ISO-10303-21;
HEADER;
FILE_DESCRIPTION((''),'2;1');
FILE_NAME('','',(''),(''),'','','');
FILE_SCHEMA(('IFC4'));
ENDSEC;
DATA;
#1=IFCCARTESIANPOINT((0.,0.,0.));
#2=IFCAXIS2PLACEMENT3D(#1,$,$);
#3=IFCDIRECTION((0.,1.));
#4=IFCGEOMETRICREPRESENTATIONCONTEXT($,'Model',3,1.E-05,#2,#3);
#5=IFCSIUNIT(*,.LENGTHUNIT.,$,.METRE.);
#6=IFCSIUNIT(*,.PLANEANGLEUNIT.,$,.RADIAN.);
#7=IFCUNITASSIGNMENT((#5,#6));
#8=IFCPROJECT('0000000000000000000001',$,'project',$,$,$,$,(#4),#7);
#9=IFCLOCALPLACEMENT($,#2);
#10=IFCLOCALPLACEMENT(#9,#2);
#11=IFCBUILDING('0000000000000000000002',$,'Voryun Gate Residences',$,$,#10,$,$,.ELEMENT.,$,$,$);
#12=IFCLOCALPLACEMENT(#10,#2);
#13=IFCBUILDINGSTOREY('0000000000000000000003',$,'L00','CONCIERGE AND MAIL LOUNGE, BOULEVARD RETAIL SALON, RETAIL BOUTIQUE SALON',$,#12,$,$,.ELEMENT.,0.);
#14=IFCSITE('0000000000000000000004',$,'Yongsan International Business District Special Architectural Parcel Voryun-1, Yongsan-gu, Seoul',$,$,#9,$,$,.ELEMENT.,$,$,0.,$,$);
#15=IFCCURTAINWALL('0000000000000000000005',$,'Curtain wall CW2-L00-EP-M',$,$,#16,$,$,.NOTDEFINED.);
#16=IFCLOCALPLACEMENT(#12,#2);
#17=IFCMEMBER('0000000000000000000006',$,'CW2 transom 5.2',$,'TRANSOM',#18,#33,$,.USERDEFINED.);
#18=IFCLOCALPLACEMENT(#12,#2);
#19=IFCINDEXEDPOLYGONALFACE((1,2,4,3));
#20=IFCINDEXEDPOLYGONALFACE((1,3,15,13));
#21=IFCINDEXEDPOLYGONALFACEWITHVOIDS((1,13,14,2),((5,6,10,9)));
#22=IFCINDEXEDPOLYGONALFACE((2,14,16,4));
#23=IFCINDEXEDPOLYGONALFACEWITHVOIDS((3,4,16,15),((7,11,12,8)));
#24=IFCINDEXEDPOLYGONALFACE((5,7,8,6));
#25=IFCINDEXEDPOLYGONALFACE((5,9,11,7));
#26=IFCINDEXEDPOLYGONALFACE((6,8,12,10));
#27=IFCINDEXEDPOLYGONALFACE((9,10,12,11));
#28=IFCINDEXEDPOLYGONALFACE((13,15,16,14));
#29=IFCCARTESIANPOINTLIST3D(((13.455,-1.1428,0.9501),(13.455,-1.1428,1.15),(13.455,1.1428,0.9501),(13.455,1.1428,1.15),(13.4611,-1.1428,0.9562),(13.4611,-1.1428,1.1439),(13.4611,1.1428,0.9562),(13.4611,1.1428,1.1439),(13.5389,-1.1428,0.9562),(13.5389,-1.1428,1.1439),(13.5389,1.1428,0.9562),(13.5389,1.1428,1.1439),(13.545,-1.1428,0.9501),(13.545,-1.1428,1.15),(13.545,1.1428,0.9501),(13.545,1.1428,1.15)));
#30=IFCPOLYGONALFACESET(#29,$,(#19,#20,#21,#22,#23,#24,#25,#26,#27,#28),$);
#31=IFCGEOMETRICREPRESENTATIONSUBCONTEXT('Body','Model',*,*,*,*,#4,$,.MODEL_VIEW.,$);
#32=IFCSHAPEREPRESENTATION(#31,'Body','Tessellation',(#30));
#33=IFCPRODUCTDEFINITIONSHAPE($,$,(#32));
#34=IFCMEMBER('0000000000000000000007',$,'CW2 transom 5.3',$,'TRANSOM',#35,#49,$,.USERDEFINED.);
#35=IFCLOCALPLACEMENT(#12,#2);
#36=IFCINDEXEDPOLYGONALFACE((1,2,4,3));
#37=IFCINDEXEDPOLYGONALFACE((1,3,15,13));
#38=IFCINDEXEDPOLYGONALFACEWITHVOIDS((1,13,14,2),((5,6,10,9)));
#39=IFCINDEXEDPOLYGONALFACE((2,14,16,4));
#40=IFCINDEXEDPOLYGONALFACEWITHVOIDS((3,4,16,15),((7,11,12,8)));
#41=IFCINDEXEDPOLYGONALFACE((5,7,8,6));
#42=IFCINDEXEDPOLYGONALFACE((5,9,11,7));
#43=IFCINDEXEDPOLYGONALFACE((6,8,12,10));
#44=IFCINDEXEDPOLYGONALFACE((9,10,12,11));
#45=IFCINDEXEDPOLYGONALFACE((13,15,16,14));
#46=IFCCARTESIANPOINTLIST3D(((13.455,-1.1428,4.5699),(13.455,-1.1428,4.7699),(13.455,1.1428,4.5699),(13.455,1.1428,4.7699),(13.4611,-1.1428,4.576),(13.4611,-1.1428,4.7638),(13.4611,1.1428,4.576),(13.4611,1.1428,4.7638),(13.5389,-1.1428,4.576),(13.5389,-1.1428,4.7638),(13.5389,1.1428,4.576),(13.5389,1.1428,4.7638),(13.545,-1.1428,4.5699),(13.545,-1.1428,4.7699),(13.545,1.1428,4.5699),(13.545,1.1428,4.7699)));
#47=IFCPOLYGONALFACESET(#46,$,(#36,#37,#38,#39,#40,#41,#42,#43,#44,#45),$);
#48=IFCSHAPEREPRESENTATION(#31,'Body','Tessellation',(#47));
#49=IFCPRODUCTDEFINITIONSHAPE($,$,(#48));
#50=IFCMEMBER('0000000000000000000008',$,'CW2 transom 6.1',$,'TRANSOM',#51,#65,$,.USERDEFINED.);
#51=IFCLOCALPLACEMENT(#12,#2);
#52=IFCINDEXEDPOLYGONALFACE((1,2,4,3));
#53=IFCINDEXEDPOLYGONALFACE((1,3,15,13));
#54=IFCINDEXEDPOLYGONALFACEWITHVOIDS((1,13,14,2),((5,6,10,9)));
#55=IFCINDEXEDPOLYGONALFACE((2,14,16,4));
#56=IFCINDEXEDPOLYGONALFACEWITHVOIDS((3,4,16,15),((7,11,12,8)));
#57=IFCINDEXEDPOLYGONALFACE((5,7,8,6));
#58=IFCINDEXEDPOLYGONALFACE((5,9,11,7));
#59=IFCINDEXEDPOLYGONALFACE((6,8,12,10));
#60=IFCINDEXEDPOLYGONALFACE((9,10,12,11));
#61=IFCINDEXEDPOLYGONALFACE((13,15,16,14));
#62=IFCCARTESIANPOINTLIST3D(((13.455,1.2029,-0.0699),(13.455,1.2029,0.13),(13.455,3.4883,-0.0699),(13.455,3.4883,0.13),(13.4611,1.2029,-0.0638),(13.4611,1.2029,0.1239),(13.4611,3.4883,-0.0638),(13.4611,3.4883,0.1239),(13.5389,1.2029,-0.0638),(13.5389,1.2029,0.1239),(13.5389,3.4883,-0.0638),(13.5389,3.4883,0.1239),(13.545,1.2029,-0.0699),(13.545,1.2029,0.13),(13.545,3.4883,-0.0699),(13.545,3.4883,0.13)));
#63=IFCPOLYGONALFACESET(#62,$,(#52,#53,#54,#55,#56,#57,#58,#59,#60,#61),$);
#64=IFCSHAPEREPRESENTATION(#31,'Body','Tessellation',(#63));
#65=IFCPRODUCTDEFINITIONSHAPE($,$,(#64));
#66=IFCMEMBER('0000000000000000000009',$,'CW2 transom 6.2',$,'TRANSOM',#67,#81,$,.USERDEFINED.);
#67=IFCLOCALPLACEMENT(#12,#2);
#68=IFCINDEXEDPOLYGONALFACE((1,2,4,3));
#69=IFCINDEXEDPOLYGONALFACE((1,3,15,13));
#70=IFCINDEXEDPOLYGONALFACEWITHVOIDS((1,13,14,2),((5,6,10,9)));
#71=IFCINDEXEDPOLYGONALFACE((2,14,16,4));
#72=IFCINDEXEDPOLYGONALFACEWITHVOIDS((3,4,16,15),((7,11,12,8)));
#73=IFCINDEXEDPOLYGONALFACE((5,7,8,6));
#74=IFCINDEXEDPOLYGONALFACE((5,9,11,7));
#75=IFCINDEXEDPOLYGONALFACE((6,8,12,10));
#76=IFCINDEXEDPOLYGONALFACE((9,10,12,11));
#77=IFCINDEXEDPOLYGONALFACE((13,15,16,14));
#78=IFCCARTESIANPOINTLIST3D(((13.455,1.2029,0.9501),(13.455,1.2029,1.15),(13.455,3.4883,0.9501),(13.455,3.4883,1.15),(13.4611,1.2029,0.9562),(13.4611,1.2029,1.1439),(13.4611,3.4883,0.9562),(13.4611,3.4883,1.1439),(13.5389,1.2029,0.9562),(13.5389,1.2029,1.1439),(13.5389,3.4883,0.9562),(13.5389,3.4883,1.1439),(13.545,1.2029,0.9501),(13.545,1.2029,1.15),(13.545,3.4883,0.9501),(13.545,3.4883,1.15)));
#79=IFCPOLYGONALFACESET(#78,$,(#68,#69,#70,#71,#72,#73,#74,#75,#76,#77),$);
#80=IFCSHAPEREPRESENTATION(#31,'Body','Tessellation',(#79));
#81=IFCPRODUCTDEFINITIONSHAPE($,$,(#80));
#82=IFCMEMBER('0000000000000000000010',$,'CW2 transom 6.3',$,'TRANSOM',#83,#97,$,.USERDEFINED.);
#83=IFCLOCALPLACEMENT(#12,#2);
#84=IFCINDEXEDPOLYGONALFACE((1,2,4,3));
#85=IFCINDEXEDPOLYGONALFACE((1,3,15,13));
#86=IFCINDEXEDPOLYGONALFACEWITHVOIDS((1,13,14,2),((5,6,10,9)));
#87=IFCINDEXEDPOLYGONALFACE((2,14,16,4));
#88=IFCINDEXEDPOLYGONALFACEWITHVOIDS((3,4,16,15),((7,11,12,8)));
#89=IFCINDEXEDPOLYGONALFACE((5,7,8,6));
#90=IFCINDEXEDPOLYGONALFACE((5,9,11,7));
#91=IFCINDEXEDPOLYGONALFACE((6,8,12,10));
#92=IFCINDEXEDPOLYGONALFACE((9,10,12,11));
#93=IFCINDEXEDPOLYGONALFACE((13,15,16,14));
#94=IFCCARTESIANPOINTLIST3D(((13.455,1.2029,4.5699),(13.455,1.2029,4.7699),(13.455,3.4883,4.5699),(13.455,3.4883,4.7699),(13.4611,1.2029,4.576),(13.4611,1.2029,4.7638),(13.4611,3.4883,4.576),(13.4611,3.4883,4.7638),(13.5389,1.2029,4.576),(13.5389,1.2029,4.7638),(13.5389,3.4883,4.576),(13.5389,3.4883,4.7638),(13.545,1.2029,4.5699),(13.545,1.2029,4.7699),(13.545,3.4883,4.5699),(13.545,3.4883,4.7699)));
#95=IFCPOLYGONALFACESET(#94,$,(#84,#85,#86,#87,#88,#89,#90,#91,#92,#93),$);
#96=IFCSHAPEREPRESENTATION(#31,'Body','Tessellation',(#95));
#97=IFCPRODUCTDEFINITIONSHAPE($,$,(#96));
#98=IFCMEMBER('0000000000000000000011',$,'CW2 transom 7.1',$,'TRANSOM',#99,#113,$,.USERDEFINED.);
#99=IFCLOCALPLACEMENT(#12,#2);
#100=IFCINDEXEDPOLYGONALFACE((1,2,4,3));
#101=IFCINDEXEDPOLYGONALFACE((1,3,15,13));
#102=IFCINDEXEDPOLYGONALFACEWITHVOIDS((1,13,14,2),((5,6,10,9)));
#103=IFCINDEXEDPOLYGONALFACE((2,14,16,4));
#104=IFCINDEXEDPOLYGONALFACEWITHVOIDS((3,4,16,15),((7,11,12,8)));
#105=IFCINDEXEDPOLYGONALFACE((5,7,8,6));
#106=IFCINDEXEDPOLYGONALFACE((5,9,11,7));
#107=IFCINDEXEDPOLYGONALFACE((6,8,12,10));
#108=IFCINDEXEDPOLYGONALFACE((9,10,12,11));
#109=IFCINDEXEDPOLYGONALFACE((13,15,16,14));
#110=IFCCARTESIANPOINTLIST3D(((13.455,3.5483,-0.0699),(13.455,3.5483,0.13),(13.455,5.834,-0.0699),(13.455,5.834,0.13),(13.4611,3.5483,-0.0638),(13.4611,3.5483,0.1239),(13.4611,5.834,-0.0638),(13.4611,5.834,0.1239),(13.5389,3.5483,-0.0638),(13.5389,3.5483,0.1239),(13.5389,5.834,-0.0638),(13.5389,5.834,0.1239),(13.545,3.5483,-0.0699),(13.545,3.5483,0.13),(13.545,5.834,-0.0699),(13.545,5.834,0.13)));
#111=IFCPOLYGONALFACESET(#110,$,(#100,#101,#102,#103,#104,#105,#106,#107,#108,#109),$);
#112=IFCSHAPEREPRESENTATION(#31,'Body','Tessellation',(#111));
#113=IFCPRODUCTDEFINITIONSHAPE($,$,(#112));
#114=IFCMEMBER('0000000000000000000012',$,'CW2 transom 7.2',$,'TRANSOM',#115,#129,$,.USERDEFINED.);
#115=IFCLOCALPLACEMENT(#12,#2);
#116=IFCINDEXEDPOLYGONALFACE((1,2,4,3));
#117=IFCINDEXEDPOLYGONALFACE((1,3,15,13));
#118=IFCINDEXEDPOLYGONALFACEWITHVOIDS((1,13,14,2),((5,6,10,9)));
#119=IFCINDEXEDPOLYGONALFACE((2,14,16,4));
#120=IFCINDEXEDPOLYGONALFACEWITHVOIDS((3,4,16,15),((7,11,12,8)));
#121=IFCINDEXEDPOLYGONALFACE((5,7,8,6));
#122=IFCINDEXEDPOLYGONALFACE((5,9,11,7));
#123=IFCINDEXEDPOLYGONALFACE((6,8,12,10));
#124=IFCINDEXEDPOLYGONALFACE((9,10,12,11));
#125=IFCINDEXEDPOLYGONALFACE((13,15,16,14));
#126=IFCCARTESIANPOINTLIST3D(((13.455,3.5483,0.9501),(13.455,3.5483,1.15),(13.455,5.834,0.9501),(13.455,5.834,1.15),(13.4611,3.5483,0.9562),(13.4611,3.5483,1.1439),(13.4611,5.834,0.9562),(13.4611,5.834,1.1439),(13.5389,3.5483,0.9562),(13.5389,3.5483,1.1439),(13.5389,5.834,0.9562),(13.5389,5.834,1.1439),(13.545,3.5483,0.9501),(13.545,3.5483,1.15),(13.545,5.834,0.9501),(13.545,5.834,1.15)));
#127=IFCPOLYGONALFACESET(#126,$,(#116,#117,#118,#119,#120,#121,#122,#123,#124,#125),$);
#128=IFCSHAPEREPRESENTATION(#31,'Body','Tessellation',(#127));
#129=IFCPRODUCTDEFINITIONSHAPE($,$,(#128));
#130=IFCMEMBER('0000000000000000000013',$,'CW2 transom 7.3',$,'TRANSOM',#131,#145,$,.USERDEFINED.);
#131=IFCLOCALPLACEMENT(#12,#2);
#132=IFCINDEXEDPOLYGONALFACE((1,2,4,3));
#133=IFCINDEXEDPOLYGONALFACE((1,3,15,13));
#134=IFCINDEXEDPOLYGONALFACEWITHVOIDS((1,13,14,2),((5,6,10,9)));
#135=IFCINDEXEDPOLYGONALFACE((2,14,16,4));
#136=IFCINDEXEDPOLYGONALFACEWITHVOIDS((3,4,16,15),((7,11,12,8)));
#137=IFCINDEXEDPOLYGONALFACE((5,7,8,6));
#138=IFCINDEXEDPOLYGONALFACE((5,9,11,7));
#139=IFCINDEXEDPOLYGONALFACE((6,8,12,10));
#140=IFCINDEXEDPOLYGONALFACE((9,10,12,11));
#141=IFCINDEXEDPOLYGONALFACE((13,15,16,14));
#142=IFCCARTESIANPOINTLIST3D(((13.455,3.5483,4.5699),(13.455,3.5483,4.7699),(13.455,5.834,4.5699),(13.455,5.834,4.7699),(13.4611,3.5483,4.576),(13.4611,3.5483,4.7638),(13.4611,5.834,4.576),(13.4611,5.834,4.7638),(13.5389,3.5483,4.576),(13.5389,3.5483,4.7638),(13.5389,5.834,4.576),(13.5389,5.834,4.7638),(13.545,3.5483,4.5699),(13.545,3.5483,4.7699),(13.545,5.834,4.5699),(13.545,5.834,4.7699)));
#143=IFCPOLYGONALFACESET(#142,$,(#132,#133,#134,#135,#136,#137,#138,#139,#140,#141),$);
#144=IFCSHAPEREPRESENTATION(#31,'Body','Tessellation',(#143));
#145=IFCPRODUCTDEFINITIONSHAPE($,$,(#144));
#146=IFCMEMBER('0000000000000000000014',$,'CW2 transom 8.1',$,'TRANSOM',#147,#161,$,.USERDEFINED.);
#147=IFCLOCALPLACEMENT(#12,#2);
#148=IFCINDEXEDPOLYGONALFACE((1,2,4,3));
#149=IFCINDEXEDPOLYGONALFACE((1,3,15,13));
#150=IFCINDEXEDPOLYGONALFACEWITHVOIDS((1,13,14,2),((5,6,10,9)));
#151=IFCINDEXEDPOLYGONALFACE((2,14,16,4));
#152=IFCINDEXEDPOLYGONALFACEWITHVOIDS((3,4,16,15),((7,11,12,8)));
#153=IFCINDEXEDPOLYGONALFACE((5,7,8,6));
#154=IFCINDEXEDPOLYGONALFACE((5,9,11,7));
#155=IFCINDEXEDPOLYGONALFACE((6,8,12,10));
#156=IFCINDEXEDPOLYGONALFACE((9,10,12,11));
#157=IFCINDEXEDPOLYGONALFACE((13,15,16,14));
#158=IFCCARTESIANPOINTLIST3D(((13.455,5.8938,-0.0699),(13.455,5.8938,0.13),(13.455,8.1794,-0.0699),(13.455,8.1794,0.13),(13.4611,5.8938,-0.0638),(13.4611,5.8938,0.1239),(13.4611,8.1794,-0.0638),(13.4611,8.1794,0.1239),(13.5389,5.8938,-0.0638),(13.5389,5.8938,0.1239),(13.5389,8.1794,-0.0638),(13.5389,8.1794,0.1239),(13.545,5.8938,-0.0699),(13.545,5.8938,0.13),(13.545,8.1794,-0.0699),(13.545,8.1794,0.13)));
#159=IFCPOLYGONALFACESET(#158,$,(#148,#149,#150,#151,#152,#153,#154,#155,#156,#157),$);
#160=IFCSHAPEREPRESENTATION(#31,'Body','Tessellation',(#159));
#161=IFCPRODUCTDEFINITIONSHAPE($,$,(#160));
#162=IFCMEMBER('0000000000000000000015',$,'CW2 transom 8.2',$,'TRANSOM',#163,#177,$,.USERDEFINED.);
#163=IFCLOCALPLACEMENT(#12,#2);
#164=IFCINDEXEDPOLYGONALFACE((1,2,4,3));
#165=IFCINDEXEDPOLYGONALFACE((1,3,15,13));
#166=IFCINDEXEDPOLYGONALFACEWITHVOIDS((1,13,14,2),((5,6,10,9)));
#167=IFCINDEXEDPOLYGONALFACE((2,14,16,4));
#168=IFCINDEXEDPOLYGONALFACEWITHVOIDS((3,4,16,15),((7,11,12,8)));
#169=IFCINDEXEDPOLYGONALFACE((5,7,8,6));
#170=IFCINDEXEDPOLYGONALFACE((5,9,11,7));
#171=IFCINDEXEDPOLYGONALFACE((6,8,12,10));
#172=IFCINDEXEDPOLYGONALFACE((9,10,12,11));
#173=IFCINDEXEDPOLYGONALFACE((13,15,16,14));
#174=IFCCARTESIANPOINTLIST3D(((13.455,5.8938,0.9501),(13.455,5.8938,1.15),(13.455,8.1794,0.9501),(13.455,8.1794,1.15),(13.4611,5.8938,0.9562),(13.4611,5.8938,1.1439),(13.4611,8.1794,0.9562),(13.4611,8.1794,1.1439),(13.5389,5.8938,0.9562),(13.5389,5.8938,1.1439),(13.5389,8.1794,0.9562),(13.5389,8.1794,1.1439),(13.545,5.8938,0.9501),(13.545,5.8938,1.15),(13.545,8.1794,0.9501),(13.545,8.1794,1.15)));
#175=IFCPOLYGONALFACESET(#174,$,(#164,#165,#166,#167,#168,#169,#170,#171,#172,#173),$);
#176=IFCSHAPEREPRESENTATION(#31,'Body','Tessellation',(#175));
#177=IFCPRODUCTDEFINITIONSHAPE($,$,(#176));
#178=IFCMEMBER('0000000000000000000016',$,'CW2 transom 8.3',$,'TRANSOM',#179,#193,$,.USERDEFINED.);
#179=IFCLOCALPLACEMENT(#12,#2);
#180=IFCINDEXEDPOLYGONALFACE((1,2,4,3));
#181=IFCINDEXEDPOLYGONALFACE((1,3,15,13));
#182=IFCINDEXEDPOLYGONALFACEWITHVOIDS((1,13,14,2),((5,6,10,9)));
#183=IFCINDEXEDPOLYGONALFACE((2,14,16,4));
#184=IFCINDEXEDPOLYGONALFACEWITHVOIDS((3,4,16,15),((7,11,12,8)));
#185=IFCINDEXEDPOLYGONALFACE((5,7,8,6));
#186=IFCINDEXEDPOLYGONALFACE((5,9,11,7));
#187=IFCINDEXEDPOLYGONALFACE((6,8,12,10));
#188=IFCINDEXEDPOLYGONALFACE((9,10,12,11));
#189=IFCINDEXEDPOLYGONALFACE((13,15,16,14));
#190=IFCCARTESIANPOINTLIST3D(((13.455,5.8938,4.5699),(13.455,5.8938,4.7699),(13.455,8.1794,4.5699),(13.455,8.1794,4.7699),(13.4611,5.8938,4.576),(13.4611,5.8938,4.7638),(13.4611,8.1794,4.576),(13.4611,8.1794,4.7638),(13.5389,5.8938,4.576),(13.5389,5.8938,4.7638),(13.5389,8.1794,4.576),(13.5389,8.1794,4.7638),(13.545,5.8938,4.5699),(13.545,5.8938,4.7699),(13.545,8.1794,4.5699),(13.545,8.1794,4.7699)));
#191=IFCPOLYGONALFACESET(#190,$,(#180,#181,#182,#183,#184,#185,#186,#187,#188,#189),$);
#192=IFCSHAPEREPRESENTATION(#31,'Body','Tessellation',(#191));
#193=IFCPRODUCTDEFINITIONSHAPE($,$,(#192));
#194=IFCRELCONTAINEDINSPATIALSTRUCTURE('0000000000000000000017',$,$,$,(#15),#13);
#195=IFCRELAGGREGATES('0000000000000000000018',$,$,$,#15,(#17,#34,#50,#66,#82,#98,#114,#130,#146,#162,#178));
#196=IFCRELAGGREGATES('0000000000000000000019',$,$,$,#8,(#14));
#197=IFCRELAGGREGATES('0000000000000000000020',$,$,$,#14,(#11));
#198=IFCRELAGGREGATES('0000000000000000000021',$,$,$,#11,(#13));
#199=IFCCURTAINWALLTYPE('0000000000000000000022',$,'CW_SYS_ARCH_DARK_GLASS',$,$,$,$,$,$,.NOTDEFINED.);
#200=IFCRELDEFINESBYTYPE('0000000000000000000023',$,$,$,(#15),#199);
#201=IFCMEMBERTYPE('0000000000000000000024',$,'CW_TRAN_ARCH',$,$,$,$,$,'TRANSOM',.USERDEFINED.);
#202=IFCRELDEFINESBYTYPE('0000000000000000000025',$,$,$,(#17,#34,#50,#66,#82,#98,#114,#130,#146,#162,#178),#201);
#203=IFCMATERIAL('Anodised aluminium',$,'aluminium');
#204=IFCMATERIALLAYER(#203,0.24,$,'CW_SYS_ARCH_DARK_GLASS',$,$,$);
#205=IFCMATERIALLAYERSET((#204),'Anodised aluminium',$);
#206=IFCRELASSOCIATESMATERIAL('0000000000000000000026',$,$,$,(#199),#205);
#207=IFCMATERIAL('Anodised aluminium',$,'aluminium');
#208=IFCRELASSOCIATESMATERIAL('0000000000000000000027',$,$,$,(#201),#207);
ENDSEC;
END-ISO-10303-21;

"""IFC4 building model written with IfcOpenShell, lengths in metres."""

from ifc_helpers import new_model, si_unit, direction, frame, origin, origin_2d, place, context, subcontext, project, spatial, hollow_rectangle, extrude, material, layer, layer_set, material_profile, profile_set, type_object, element, aggregate, save


model = new_model("IFC4")

# Units and contexts
model_context = context("Model", 3, precision=1e-05, world=origin(), true_north=direction((0.0, 1.0)))
body_context = subcontext(model_context, "Body", "Model", "MODEL_VIEW")
ifc_project = project(units=[si_unit("LENGTHUNIT", "METRE"), si_unit("PLANEANGLEUNIT", "RADIAN")], contexts=[model_context])

# Site, building, storey
site_placement = place(None, origin())
site = spatial("IfcSite", under=ifc_project, at=site_placement, Name="Yongsan International Business District Special Architectural Parcel Voryun-1, Yongsan-gu, Seoul", CompositionType="ELEMENT", RefElevation=0.0)
building_placement = place(site_placement, origin())
building = spatial("IfcBuilding", under=site, at=building_placement, Name="Voryun Gate Residences", CompositionType="ELEMENT")
storey_placement = place(building_placement, origin())
storey = spatial("IfcBuildingStorey", under=building, at=storey_placement, Name="L00", Description="CONCIERGE AND MAIL LOUNGE, BOULEVARD RETAIL SALON, RETAIL BOUTIQUE SALON", CompositionType="ELEMENT", Elevation=0.0)

# Curtain wall, members
ifc_material_1 = material(Name="Anodised aluminium", Category="aluminium")
ifc_layer_1 = layer(ifc_material_1, 0.24, Name="CW_SYS_ARCH_DARK_GLASS")
ifc_layer_set_1 = layer_set([ifc_layer_1], Name="Anodised aluminium")
curtain_wall_type = type_object("IfcCurtainWallType", Name="CW_SYS_ARCH_DARK_GLASS", PredefinedType="NOTDEFINED", material=ifc_layer_set_1)
curtain_wall_placement = place(storey_placement, origin())
curtain_wall = element("IfcCurtainWall", 1, at=curtain_wall_placement, inside=storey, type_object=curtain_wall_type, Name="Curtain wall CW2-L00-EP-M", PredefinedType="NOTDEFINED")
ifc_material_2 = material(Name="Anodised aluminium", Category="aluminium")
ifc_material_profile_1 = material_profile(ifc_material_2, hollow_rectangle(XDim=0.0901, YDim=0.2, WallThickness=0.0061, at=origin_2d()), Name="ALU-TRAN-200x90x6")
ifc_profile_set_1 = profile_set([ifc_material_profile_1], Name="Anodised aluminium")
member_type_1 = type_object("IfcMemberType", Name="CW_TRAN_ARCH", ElementType="TRANSOM", PredefinedType="USERDEFINED", material=ifc_profile_set_1)
member_1_placement = place(storey_placement, frame((13.5, -1.1428, 1.05), z_axis=(0.0, 1.0, 0.0), x_axis=(-1.0, 0.0, 0.0)))
member_1 = element("IfcMember", 2, at=member_1_placement, type_object=member_type_1, Name="CW2 transom 5.2", ObjectType="TRANSOM", PredefinedType="USERDEFINED", context=body_context, shape_type="SweptSolid", body=[
    extrude(hollow_rectangle(XDim=0.0901, YDim=0.2, WallThickness=0.0061, at=origin_2d()), origin(), (0.0, 0.0, 1.0), 2.2856),
])
member_2_placement = place(storey_placement, frame((13.5, -1.1428, 4.6699), z_axis=(0.0, 1.0, 0.0), x_axis=(-1.0, 0.0, 0.0)))
member_2 = element("IfcMember", 3, at=member_2_placement, type_object=member_type_1, Name="CW2 transom 5.3", ObjectType="TRANSOM", PredefinedType="USERDEFINED", context=body_context, shape_type="SweptSolid", body=[
    extrude(hollow_rectangle(XDim=0.0901, YDim=0.2, WallThickness=0.0061, at=origin_2d()), origin(), (0.0, 0.0, 1.0), 2.2856),
])
member_3_placement = place(storey_placement, frame((13.5, 1.2029, 0.03), z_axis=(0.0, 1.0, 0.0), x_axis=(-1.0, 0.0, 0.0)))
member_3 = element("IfcMember", 4, at=member_3_placement, type_object=member_type_1, Name="CW2 transom 6.1", ObjectType="TRANSOM", PredefinedType="USERDEFINED", context=body_context, shape_type="SweptSolid", body=[
    extrude(hollow_rectangle(XDim=0.0901, YDim=0.2, WallThickness=0.0061, at=origin_2d()), origin(), (0.0, 0.0, 1.0), 2.2854),
])
member_4_placement = place(storey_placement, frame((13.5, 1.2029, 1.05), z_axis=(0.0, 1.0, 0.0), x_axis=(-1.0, 0.0, 0.0)))
member_4 = element("IfcMember", 5, at=member_4_placement, type_object=member_type_1, Name="CW2 transom 6.2", ObjectType="TRANSOM", PredefinedType="USERDEFINED", context=body_context, shape_type="SweptSolid", body=[
    extrude(hollow_rectangle(XDim=0.0901, YDim=0.2, WallThickness=0.0061, at=origin_2d()), origin(), (0.0, 0.0, 1.0), 2.2854),
])
member_5_placement = place(storey_placement, frame((13.5, 1.2029, 4.6699), z_axis=(0.0, 1.0, 0.0), x_axis=(-1.0, 0.0, 0.0)))
member_5 = element("IfcMember", 6, at=member_5_placement, type_object=member_type_1, Name="CW2 transom 6.3", ObjectType="TRANSOM", PredefinedType="USERDEFINED", context=body_context, shape_type="SweptSolid", body=[
    extrude(hollow_rectangle(XDim=0.0901, YDim=0.2, WallThickness=0.0061, at=origin_2d()), origin(), (0.0, 0.0, 1.0), 2.2854),
])
member_6_placement = place(storey_placement, frame((13.5, 3.5483, 0.03), z_axis=(0.0, 1.0, 0.0), x_axis=(-1.0, 0.0, 0.0)))
member_6 = element("IfcMember", 7, at=member_6_placement, type_object=member_type_1, Name="CW2 transom 7.1", ObjectType="TRANSOM", PredefinedType="USERDEFINED", context=body_context, shape_type="SweptSolid", body=[
    extrude(hollow_rectangle(XDim=0.0901, YDim=0.2, WallThickness=0.0061, at=origin_2d()), origin(), (0.0, 0.0, 1.0), 2.2856),
])
member_7_placement = place(storey_placement, frame((13.5, 3.5483, 1.05), z_axis=(0.0, 1.0, 0.0), x_axis=(-1.0, 0.0, 0.0)))
member_7 = element("IfcMember", 8, at=member_7_placement, type_object=member_type_1, Name="CW2 transom 7.2", ObjectType="TRANSOM", PredefinedType="USERDEFINED", context=body_context, shape_type="SweptSolid", body=[
    extrude(hollow_rectangle(XDim=0.0901, YDim=0.2, WallThickness=0.0061, at=origin_2d()), origin(), (0.0, 0.0, 1.0), 2.2856),
])
member_8_placement = place(storey_placement, frame((13.5, 3.5483, 4.6699), z_axis=(0.0, 1.0, 0.0), x_axis=(-1.0, 0.0, 0.0)))
member_8 = element("IfcMember", 9, at=member_8_placement, type_object=member_type_1, Name="CW2 transom 7.3", ObjectType="TRANSOM", PredefinedType="USERDEFINED", context=body_context, shape_type="SweptSolid", body=[
    extrude(hollow_rectangle(XDim=0.0901, YDim=0.2, WallThickness=0.0061, at=origin_2d()), origin(), (0.0, 0.0, 1.0), 2.2856),
])
member_9_placement = place(storey_placement, frame((13.5, 5.8938, 0.03), z_axis=(0.0, 1.0, 0.0), x_axis=(-1.0, 0.0, 0.0)))
member_9 = element("IfcMember", 10, at=member_9_placement, type_object=member_type_1, Name="CW2 transom 8.1", ObjectType="TRANSOM", PredefinedType="USERDEFINED", context=body_context, shape_type="SweptSolid", body=[
    extrude(hollow_rectangle(XDim=0.0901, YDim=0.2, WallThickness=0.0061, at=origin_2d()), origin(), (0.0, 0.0, 1.0), 2.2856),
])
member_10_placement = place(storey_placement, frame((13.5, 5.8938, 1.05), z_axis=(0.0, 1.0, 0.0), x_axis=(-1.0, 0.0, 0.0)))
member_10 = element("IfcMember", 11, at=member_10_placement, type_object=member_type_1, Name="CW2 transom 8.2", ObjectType="TRANSOM", PredefinedType="USERDEFINED", context=body_context, shape_type="SweptSolid", body=[
    extrude(hollow_rectangle(XDim=0.0901, YDim=0.2, WallThickness=0.0061, at=origin_2d()), origin(), (0.0, 0.0, 1.0), 2.2856),
])
member_11_placement = place(storey_placement, frame((13.5, 5.8938, 4.6699), z_axis=(0.0, 1.0, 0.0), x_axis=(-1.0, 0.0, 0.0)))
member_11 = element("IfcMember", 12, at=member_11_placement, type_object=member_type_1, Name="CW2 transom 8.3", ObjectType="TRANSOM", PredefinedType="USERDEFINED", context=body_context, shape_type="SweptSolid", body=[
    extrude(hollow_rectangle(XDim=0.0901, YDim=0.2, WallThickness=0.0061, at=origin_2d()), origin(), (0.0, 0.0, 1.0), 2.2856),
])
aggregate(curtain_wall, [member_1, member_2, member_3, member_4, member_5, member_6, member_7, member_8, member_9, member_10, member_11])

save(model, "model.ifc")
